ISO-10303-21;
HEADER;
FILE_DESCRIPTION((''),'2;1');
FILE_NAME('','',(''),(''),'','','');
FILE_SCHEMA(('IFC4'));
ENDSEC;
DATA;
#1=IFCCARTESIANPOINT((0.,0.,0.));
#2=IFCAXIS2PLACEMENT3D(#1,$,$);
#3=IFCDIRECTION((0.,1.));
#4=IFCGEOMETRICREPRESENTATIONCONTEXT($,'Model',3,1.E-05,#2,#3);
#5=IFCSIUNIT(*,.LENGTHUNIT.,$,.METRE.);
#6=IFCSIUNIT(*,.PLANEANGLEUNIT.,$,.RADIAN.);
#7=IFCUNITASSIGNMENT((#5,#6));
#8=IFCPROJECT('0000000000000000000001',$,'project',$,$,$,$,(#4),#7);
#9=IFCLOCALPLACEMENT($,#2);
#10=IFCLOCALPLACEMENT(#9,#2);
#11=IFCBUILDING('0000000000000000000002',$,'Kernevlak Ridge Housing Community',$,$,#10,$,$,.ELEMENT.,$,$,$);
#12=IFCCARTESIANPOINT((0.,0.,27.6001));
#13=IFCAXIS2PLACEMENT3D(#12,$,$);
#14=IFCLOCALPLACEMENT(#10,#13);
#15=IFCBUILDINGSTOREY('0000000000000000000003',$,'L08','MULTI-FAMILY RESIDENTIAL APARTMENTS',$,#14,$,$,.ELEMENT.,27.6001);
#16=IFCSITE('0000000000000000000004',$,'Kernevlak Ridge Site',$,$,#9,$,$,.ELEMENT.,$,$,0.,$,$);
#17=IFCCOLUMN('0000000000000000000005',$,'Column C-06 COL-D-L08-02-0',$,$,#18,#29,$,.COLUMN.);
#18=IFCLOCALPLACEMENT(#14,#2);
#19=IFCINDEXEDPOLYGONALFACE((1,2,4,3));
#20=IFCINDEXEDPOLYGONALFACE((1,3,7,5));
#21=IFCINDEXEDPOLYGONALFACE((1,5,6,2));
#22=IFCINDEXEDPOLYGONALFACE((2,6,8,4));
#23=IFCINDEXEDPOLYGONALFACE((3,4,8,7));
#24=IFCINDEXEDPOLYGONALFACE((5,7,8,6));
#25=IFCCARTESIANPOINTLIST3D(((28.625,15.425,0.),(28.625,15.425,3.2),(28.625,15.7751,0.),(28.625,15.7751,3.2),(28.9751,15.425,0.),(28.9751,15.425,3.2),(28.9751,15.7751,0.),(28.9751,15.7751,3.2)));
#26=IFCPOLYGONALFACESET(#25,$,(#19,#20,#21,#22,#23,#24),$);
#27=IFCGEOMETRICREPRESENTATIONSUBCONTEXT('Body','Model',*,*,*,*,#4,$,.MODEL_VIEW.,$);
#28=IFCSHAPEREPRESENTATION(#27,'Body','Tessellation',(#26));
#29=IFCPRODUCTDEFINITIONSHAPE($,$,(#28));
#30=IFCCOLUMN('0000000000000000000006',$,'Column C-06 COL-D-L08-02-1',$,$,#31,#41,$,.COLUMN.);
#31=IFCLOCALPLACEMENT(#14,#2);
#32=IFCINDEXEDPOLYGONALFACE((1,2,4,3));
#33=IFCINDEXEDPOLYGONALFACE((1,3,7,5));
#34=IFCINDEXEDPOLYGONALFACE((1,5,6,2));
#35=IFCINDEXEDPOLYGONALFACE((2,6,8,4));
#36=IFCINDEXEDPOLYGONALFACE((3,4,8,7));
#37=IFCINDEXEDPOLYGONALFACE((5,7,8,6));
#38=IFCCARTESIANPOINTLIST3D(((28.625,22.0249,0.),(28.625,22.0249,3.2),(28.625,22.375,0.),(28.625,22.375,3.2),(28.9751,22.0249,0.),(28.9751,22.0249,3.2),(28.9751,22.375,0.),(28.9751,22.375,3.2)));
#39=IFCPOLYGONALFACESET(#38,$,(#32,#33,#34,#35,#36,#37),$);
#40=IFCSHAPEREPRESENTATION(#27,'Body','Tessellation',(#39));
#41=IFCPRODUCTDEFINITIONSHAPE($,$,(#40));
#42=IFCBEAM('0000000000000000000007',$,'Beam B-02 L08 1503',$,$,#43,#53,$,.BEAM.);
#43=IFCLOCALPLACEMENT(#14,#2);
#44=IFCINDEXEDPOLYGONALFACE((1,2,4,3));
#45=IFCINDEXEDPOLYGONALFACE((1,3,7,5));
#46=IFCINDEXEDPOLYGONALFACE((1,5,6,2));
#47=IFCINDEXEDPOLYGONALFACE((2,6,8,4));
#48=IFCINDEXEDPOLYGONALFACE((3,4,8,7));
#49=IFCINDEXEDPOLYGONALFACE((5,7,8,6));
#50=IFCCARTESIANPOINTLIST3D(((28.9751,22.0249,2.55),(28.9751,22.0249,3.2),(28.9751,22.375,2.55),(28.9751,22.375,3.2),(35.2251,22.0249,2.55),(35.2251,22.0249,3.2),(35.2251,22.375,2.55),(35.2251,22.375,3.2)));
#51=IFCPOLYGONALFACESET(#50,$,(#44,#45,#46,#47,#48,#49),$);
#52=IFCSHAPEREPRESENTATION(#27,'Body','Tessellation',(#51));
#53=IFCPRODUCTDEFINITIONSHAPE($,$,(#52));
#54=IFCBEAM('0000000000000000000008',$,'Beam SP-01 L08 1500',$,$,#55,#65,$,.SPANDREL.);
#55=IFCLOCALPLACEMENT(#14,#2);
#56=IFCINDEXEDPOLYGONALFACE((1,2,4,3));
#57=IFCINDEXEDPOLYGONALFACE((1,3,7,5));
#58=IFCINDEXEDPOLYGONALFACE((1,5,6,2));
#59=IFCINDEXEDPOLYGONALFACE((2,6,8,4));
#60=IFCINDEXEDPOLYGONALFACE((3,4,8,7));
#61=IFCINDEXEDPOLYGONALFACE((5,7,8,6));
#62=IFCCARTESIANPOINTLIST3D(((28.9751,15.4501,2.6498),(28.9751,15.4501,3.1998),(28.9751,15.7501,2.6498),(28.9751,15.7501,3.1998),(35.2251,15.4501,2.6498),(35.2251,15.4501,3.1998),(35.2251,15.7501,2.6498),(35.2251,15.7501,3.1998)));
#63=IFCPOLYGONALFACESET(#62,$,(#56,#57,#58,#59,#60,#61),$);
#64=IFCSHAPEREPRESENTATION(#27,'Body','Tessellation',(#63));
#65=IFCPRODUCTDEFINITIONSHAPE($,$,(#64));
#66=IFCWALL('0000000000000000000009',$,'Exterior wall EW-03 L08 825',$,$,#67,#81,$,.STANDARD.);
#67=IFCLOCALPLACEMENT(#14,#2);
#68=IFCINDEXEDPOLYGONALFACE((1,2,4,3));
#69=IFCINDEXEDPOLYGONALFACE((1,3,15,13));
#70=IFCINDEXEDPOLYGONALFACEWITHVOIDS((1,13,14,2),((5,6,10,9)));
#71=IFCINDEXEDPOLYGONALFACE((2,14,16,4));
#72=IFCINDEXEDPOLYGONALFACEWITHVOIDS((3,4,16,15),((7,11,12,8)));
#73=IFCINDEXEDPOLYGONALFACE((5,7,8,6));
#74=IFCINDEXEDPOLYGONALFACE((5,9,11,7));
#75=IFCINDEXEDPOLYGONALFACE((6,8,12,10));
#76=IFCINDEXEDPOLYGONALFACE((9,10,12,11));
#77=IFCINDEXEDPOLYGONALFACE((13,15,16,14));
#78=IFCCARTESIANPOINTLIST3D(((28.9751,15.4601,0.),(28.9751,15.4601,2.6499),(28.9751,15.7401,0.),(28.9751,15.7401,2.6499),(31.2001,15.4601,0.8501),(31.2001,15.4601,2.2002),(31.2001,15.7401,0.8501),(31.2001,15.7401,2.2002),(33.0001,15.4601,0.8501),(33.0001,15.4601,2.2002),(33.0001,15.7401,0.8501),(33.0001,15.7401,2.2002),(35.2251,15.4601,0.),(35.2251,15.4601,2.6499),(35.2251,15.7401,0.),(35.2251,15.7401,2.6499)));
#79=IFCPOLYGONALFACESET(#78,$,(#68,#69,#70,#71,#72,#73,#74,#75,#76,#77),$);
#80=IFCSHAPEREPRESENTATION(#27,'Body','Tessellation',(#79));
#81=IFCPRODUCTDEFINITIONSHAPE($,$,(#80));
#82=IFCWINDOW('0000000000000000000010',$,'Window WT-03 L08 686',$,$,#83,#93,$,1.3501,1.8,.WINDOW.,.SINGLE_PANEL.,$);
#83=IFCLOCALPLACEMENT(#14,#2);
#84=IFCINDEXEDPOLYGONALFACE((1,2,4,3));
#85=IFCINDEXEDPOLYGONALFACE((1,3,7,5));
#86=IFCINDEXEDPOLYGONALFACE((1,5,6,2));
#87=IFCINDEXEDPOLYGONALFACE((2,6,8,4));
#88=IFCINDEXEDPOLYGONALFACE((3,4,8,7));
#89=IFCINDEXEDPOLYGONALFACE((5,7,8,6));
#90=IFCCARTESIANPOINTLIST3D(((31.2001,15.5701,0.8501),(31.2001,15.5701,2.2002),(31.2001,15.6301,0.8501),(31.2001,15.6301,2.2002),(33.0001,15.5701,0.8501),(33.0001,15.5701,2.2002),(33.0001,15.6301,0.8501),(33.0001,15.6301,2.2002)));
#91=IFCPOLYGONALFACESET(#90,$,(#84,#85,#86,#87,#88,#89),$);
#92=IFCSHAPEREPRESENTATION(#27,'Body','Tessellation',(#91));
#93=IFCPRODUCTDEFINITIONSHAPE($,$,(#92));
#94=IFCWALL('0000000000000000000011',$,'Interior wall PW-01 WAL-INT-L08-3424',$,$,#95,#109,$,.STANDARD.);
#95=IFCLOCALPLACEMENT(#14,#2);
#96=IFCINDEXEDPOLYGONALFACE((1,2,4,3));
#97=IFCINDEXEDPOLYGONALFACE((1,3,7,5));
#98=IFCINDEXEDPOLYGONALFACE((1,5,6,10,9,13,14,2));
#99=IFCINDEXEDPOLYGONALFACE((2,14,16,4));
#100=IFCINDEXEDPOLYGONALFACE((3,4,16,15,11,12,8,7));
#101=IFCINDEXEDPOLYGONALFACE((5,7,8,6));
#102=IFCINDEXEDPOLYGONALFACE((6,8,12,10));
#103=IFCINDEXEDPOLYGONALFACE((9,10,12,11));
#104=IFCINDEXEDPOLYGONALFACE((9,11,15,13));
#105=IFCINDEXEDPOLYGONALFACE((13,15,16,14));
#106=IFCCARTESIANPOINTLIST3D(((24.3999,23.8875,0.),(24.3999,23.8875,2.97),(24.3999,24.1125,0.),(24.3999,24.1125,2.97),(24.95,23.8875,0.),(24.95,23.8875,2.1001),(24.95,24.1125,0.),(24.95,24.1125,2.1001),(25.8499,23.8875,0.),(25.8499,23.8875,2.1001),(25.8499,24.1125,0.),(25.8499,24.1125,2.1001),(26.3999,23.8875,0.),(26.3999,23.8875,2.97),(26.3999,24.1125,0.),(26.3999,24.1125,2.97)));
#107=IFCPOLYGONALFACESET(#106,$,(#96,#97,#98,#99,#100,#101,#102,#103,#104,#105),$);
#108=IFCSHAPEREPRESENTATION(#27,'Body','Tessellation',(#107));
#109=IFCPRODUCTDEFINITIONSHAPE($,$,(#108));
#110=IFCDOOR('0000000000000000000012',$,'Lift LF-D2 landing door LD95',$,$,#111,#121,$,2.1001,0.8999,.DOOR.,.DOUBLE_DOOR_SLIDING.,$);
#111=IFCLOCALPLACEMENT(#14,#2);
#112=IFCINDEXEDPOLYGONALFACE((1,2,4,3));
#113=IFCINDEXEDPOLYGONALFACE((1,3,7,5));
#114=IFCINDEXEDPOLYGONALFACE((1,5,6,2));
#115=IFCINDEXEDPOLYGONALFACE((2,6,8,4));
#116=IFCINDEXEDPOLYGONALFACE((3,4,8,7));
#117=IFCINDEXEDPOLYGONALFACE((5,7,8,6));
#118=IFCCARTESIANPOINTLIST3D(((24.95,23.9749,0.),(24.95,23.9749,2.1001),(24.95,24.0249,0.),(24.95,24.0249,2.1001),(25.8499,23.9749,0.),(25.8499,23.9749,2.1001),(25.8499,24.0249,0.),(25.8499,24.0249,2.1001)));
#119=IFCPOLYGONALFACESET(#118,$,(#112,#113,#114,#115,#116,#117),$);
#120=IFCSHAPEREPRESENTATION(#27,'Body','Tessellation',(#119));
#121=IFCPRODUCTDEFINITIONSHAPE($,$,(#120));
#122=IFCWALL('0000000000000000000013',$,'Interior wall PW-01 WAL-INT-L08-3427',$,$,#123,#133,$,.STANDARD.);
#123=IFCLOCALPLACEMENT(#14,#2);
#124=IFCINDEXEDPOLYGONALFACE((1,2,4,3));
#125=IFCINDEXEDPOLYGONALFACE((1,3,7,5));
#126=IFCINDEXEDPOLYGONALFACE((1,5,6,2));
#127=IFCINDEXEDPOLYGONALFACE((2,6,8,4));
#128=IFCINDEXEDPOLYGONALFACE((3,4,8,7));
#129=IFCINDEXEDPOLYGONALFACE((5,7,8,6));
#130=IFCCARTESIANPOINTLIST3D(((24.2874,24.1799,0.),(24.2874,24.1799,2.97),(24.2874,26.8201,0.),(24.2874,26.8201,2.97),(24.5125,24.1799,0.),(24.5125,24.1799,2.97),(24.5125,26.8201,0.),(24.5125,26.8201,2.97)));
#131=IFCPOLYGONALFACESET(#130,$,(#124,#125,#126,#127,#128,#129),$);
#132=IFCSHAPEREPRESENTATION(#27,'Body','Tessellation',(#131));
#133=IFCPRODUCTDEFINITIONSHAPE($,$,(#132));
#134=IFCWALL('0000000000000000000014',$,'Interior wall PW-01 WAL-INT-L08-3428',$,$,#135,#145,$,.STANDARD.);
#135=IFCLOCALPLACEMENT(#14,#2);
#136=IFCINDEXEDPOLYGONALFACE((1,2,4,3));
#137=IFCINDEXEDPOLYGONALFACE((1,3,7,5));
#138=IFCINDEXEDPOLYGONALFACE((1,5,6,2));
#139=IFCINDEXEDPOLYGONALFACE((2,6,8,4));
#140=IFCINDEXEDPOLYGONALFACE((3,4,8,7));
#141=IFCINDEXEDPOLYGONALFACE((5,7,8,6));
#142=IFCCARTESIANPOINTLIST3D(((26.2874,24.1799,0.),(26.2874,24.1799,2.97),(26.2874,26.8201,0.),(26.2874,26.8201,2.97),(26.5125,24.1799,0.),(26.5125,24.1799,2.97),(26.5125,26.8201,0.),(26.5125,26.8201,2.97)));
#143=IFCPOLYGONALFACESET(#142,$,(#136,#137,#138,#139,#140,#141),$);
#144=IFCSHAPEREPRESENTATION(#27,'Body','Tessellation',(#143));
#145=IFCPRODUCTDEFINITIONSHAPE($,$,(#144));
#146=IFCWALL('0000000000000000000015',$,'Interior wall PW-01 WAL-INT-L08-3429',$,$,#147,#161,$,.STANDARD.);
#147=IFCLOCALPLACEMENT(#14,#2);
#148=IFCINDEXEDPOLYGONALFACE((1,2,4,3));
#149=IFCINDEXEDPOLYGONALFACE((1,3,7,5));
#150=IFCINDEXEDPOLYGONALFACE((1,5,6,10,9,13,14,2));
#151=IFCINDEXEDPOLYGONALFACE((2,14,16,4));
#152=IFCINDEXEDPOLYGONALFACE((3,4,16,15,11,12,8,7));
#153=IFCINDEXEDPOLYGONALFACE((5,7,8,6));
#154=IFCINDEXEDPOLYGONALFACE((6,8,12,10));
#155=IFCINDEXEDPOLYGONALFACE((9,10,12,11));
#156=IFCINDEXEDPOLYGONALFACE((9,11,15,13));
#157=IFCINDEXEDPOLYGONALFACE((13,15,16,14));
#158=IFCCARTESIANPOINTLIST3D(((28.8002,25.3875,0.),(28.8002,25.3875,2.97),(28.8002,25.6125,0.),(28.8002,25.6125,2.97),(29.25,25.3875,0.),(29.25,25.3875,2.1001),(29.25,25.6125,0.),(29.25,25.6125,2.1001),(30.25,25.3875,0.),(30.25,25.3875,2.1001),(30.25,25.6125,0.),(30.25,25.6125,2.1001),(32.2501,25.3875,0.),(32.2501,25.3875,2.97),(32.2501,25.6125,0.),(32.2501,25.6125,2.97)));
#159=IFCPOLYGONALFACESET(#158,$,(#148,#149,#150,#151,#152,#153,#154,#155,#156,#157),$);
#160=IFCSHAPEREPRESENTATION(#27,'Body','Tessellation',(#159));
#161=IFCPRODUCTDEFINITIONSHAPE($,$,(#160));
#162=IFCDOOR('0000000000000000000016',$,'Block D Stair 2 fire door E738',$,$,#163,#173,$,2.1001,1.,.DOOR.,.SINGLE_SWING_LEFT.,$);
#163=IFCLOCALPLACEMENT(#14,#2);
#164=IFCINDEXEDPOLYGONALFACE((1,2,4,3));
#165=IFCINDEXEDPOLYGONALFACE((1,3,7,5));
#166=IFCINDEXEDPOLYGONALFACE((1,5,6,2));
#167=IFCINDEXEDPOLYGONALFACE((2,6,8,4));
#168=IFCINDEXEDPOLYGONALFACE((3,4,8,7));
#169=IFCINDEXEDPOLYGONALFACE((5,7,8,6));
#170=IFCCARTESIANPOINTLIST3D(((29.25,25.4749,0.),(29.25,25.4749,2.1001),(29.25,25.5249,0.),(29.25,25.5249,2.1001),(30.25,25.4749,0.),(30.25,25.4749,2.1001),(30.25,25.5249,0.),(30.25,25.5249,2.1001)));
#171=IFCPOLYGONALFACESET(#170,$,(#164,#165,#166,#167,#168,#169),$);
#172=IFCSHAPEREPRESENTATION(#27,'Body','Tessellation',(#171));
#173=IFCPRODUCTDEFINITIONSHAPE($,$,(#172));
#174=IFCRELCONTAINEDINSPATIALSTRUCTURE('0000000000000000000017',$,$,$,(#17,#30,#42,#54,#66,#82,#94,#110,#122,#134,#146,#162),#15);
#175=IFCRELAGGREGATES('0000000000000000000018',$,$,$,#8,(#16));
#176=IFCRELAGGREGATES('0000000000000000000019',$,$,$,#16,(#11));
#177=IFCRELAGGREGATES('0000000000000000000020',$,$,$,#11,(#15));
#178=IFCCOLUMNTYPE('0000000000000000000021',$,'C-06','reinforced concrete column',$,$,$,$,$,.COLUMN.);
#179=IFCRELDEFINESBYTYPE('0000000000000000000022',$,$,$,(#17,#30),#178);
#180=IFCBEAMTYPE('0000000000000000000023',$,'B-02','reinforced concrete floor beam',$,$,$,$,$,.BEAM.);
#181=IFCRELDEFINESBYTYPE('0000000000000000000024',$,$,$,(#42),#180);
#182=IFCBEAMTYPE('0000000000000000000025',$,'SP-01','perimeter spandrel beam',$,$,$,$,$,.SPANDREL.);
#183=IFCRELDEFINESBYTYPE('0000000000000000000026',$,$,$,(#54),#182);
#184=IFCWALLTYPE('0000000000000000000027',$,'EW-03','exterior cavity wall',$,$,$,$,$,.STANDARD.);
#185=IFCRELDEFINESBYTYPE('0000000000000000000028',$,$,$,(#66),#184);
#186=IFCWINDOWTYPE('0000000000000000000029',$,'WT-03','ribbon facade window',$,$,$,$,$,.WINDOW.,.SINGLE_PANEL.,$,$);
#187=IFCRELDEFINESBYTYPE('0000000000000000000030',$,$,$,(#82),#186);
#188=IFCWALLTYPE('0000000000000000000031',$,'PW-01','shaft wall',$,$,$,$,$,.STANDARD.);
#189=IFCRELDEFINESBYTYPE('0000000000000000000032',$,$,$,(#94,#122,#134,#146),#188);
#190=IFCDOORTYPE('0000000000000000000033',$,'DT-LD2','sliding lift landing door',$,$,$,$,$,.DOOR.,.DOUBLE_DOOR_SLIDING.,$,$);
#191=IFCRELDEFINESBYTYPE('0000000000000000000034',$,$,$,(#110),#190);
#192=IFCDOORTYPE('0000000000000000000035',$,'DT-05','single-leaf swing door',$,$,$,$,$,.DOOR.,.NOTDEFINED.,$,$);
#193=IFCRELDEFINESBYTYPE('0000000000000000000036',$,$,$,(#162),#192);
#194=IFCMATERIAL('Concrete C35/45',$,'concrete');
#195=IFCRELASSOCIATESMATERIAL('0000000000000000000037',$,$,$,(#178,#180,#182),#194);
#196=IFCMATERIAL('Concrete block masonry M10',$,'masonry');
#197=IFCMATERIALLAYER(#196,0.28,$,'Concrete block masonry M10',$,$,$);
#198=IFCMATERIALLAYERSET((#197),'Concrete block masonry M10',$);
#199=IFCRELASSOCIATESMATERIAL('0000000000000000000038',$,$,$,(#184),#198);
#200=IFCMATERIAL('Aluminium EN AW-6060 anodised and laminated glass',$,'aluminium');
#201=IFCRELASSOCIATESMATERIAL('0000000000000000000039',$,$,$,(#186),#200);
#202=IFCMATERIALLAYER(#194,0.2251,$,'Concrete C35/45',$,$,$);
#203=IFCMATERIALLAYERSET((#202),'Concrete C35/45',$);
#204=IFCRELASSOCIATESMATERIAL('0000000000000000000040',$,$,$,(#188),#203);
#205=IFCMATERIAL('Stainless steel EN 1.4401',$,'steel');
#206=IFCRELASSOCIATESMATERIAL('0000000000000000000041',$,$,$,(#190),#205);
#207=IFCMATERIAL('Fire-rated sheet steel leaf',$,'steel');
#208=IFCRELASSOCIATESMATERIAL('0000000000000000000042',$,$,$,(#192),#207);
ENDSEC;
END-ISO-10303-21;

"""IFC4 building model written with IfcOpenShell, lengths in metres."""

from ifc_helpers import new_model, si_unit, direction, frame, frame_2d, origin, origin_2d, place, context, subcontext, project, spatial, rectangle, extrude, material, layer, layer_set, material_profile, profile_set, type_object, element, fill, save


model = new_model("IFC4")

# Units and contexts
model_context = context("Model", 3, precision=1e-05, world=origin(), true_north=direction((0.0, 1.0)))
body_context = subcontext(model_context, "Body", "Model", "MODEL_VIEW")
ifc_project = project(units=[si_unit("LENGTHUNIT", "METRE"), si_unit("PLANEANGLEUNIT", "RADIAN")], contexts=[model_context])

# Site, building, storey
site_placement = place(None, origin())
site = spatial("IfcSite", under=ifc_project, at=site_placement, Name="Kernevlak Ridge Site", CompositionType="ELEMENT", RefElevation=0.0)
building_placement = place(site_placement, origin())
building = spatial("IfcBuilding", under=site, at=building_placement, Name="Kernevlak Ridge Housing Community", CompositionType="ELEMENT")
storey_placement = place(building_placement, frame((0.0, 0.0, 27.6001)))
storey = spatial("IfcBuildingStorey", under=building, at=storey_placement, Name="L08", Description="MULTI-FAMILY RESIDENTIAL APARTMENTS", CompositionType="ELEMENT", Elevation=27.6001)

# Columns
ifc_material_1 = material(Name="Concrete C35/45", Category="concrete")
ifc_material_profile_1 = material_profile(ifc_material_1, rectangle(XDim=0.3501, YDim=0.3501, at=origin_2d()), Name="RC 350x350")
ifc_profile_set_1 = profile_set([ifc_material_profile_1], Name="Concrete C35/45")
column_type = type_object("IfcColumnType", Name="C-06", Description="reinforced concrete column", PredefinedType="COLUMN", material=ifc_profile_set_1)
for number, where, z_axis, x_axis, name in (
    (1, (28.8, 15.6001, 0.0), (0.0, 0.0, 1.0), (1.0, 0.0, 0.0), "Column C-06 COL-D-L08-02-0"),
    (2, (28.8, 22.2, 0.0), (0.0, 0.0, 1.0), (1.0, 0.0, 0.0), "Column C-06 COL-D-L08-02-1"),
):
    element("IfcColumn", number, at=place(storey_placement, frame(where, z_axis=z_axis, x_axis=x_axis)), inside=storey, type_object=column_type, Name=name, PredefinedType="COLUMN", context=body_context, shape_type="SweptSolid", body=[
        extrude(rectangle(XDim=0.3501, YDim=0.3501, at=origin_2d()), origin(), (0.0, 0.0, 1.0), 3.2),
    ])

# Beams
ifc_material_profile_2 = material_profile(ifc_material_1, rectangle(XDim=0.3501, YDim=0.6499, at=origin_2d()), Name="RC 350x650")
ifc_profile_set_2 = profile_set([ifc_material_profile_2], Name="Concrete C35/45")
beam_type_1 = type_object("IfcBeamType", Name="B-02", Description="reinforced concrete floor beam", PredefinedType="BEAM", material=ifc_profile_set_2)
beam_1_placement = place(storey_placement, frame((28.9751, 22.2, 2.875), z_axis=(1.0, 0.0, 0.0), x_axis=(0.0, 1.0, 0.0)))
element("IfcBeam", 3, at=beam_1_placement, inside=storey, type_object=beam_type_1, Name="Beam B-02 L08 1503", PredefinedType="BEAM", context=body_context, shape_type="SweptSolid", body=[
    extrude(rectangle(XDim=0.3501, YDim=0.6499, at=origin_2d()), origin(), (0.0, 0.0, 1.0), 6.25),
])
ifc_material_profile_3 = material_profile(ifc_material_1, rectangle(XDim=0.3, YDim=0.55, at=origin_2d()), Name="RC 300x550")
ifc_profile_set_3 = profile_set([ifc_material_profile_3], Name="Concrete C35/45")
beam_type_2 = type_object("IfcBeamType", Name="SP-01", Description="perimeter spandrel beam", PredefinedType="SPANDREL", material=ifc_profile_set_3)
beam_2_placement = place(storey_placement, frame((28.9751, 15.6001, 2.9248), z_axis=(1.0, 0.0, 0.0), x_axis=(0.0, 1.0, 0.0)))
element("IfcBeam", 4, at=beam_2_placement, inside=storey, type_object=beam_type_2, Name="Beam SP-01 L08 1500", PredefinedType="SPANDREL", context=body_context, shape_type="SweptSolid", body=[
    extrude(rectangle(XDim=0.3, YDim=0.55, at=origin_2d()), origin(), (0.0, 0.0, 1.0), 6.25),
])

# Wall, opening, window
ifc_material_2 = material(Name="Concrete block masonry M10", Category="masonry")
ifc_layer_1 = layer(ifc_material_2, 0.28, Name="Concrete block masonry M10")
ifc_layer_set_1 = layer_set([ifc_layer_1], Name="Concrete block masonry M10")
wall_type_1 = type_object("IfcWallType", Name="EW-03", Description="exterior cavity wall", PredefinedType="STANDARD", material=ifc_layer_set_1)
wall_1_placement = place(storey_placement, frame((28.9751, 15.6001, 0.0), z_axis=(0.0, 0.0, 1.0), x_axis=(1.0, 0.0, 0.0)))
wall_1 = element("IfcWall", 5, at=wall_1_placement, inside=storey, type_object=wall_type_1, Name="Exterior wall EW-03 L08 825", PredefinedType="STANDARD", context=body_context, shape_type="SweptSolid", body=[
    extrude(rectangle(XDim=6.25, YDim=0.28, at=frame_2d((3.125, 0.0))), origin(), (0.0, 0.0, 1.0), 2.6499),
])
opening_1_placement = place(wall_1_placement, frame((2.2251, 0.0, 0.8501)))
opening_1 = element("IfcOpeningElement", 6, at=opening_1_placement, cuts=wall_1, PredefinedType="OPENING", context=body_context, shape_type="SweptSolid", body=[
    extrude(rectangle(XDim=1.8, YDim=1.3501, at=frame_2d((0.8999, 0.675))), frame((0.0, 0.1499, 0.0), z_axis=(0.0, -1.0, 0.0), x_axis=(1.0, 0.0, 0.0)), (0.0, 0.0, 1.0), 0.3),
])
ifc_material_3 = material(Name="Aluminium EN AW-6060 anodised and laminated glass", Category="aluminium")
window_type = type_object("IfcWindowType", Name="WT-03", Description="ribbon facade window", PartitioningType="SINGLE_PANEL", PredefinedType="WINDOW", material=ifc_material_3)
window_placement = place(opening_1_placement, origin())
window = element("IfcWindow", 7, at=window_placement, inside=storey, type_object=window_type, Name="Window WT-03 L08 686", OverallHeight=1.3501, OverallWidth=1.8, PartitioningType="SINGLE_PANEL", PredefinedType="WINDOW", context=body_context, shape_type="SweptSolid", body=[
    extrude(rectangle(XDim=1.8, YDim=1.3501, at=frame_2d((0.8999, 0.675))), frame((0.0, 0.03, 0.0), z_axis=(0.0, -1.0, 0.0), x_axis=(1.0, 0.0, 0.0)), (0.0, 0.0, 1.0), 0.0601),
])
fill(opening_1, window)

# Wall, opening, door
ifc_layer_2 = layer(ifc_material_1, 0.2251, Name="Concrete C35/45")
ifc_layer_set_2 = layer_set([ifc_layer_2], Name="Concrete C35/45")
wall_type_2 = type_object("IfcWallType", Name="PW-01", Description="shaft wall", PredefinedType="STANDARD", material=ifc_layer_set_2)
wall_2_placement = place(storey_placement, frame((24.3999, 24.0, 0.0), z_axis=(0.0, 0.0, 1.0), x_axis=(1.0, 0.0, 0.0)))
wall_2 = element("IfcWall", 8, at=wall_2_placement, inside=storey, type_object=wall_type_2, Name="Interior wall PW-01 WAL-INT-L08-3424", PredefinedType="STANDARD", context=body_context, shape_type="SweptSolid", body=[
    extrude(rectangle(XDim=2.0, YDim=0.2251, at=frame_2d((1.0, 0.0))), origin(), (0.0, 0.0, 1.0), 2.97),
])
opening_2_placement = place(wall_2_placement, frame((0.55, 0.0, 0.0)))
opening_2 = element("IfcOpeningElement", 9, at=opening_2_placement, cuts=wall_2, PredefinedType="OPENING", context=body_context, shape_type="SweptSolid", body=[
    extrude(rectangle(XDim=0.8999, YDim=2.1001, at=frame_2d((0.45, 1.05))), frame((0.0, 0.1226, 0.0), z_axis=(0.0, -1.0, 0.0), x_axis=(1.0, 0.0, 0.0)), (0.0, 0.0, 1.0), 0.2451),
])
ifc_material_4 = material(Name="Stainless steel EN 1.4401", Category="steel")
door_type_1 = type_object("IfcDoorType", Name="DT-LD2", Description="sliding lift landing door", OperationType="DOUBLE_DOOR_SLIDING", PredefinedType="DOOR", material=ifc_material_4)
door_1_placement = place(opening_2_placement, origin())
door_1 = element("IfcDoor", 10, at=door_1_placement, inside=storey, type_object=door_type_1, Name="Lift LF-D2 landing door LD95", OperationType="DOUBLE_DOOR_SLIDING", OverallHeight=2.1001, OverallWidth=0.8999, PredefinedType="DOOR", context=body_context, shape_type="SweptSolid", body=[
    extrude(rectangle(XDim=0.8999, YDim=2.1001, at=frame_2d((0.45, 1.05))), frame((0.0, 0.0249, 0.0), z_axis=(0.0, -1.0, 0.0), x_axis=(1.0, 0.0, 0.0)), (0.0, 0.0, 1.0), 0.05),
])
fill(opening_2, door_1)

# Walls
for number, where, z_axis, x_axis, name in (
    (11, (24.3999, 24.1799, 0.0), (0.0, 0.0, 1.0), (0.0, 1.0, 0.0), "Interior wall PW-01 WAL-INT-L08-3427"),
    (12, (26.3999, 24.1799, 0.0), (0.0, 0.0, 1.0), (0.0, 1.0, 0.0), "Interior wall PW-01 WAL-INT-L08-3428"),
):
    element("IfcWall", number, at=place(storey_placement, frame(where, z_axis=z_axis, x_axis=x_axis)), inside=storey, type_object=wall_type_2, Name=name, PredefinedType="STANDARD", context=body_context, shape_type="SweptSolid", body=[
        extrude(rectangle(XDim=2.6401, YDim=0.2251, at=frame_2d((1.3201, 0.0))), origin(), (0.0, 0.0, 1.0), 2.97),
    ])

# Wall, opening, door
wall_3_placement = place(storey_placement, frame((28.8, 25.5, 0.0), z_axis=(0.0, 0.0, 1.0), x_axis=(1.0, 0.0, 0.0)))
wall_3 = element("IfcWall", 13, at=wall_3_placement, inside=storey, type_object=wall_type_2, Name="Interior wall PW-01 WAL-INT-L08-3429", PredefinedType="STANDARD", context=body_context, shape_type="SweptSolid", body=[
    extrude(rectangle(XDim=3.45, YDim=0.2251, at=frame_2d((1.7251, 0.0))), origin(), (0.0, 0.0, 1.0), 2.97),
])
opening_3_placement = place(wall_3_placement, frame((0.45, 0.0, 0.0)))
opening_3 = element("IfcOpeningElement", 14, at=opening_3_placement, cuts=wall_3, PredefinedType="OPENING", context=body_context, shape_type="SweptSolid", body=[
    extrude(rectangle(XDim=1.0, YDim=2.1001, at=frame_2d((0.5, 1.05))), frame((0.0, 0.1226, 0.0), z_axis=(0.0, -1.0, 0.0), x_axis=(1.0, 0.0, 0.0)), (0.0, 0.0, 1.0), 0.2451),
])
ifc_material_5 = material(Name="Fire-rated sheet steel leaf", Category="steel")
door_type_2 = type_object("IfcDoorType", Name="DT-05", Description="single-leaf swing door", OperationType="NOTDEFINED", PredefinedType="DOOR", material=ifc_material_5)
door_2_placement = place(opening_3_placement, origin())
door_2 = element("IfcDoor", 15, at=door_2_placement, inside=storey, type_object=door_type_2, Name="Block D Stair 2 fire door E738", OperationType="SINGLE_SWING_LEFT", OverallHeight=2.1001, OverallWidth=1.0, PredefinedType="DOOR", context=body_context, shape_type="SweptSolid", body=[
    extrude(rectangle(XDim=1.0, YDim=2.1001, at=frame_2d((0.5, 1.05))), frame((0.0, 0.0249, 0.0), z_axis=(0.0, -1.0, 0.0), x_axis=(1.0, 0.0, 0.0)), (0.0, 0.0, 1.0), 0.05),
])
fill(opening_3, door_2)

save(model, "model.ifc")
